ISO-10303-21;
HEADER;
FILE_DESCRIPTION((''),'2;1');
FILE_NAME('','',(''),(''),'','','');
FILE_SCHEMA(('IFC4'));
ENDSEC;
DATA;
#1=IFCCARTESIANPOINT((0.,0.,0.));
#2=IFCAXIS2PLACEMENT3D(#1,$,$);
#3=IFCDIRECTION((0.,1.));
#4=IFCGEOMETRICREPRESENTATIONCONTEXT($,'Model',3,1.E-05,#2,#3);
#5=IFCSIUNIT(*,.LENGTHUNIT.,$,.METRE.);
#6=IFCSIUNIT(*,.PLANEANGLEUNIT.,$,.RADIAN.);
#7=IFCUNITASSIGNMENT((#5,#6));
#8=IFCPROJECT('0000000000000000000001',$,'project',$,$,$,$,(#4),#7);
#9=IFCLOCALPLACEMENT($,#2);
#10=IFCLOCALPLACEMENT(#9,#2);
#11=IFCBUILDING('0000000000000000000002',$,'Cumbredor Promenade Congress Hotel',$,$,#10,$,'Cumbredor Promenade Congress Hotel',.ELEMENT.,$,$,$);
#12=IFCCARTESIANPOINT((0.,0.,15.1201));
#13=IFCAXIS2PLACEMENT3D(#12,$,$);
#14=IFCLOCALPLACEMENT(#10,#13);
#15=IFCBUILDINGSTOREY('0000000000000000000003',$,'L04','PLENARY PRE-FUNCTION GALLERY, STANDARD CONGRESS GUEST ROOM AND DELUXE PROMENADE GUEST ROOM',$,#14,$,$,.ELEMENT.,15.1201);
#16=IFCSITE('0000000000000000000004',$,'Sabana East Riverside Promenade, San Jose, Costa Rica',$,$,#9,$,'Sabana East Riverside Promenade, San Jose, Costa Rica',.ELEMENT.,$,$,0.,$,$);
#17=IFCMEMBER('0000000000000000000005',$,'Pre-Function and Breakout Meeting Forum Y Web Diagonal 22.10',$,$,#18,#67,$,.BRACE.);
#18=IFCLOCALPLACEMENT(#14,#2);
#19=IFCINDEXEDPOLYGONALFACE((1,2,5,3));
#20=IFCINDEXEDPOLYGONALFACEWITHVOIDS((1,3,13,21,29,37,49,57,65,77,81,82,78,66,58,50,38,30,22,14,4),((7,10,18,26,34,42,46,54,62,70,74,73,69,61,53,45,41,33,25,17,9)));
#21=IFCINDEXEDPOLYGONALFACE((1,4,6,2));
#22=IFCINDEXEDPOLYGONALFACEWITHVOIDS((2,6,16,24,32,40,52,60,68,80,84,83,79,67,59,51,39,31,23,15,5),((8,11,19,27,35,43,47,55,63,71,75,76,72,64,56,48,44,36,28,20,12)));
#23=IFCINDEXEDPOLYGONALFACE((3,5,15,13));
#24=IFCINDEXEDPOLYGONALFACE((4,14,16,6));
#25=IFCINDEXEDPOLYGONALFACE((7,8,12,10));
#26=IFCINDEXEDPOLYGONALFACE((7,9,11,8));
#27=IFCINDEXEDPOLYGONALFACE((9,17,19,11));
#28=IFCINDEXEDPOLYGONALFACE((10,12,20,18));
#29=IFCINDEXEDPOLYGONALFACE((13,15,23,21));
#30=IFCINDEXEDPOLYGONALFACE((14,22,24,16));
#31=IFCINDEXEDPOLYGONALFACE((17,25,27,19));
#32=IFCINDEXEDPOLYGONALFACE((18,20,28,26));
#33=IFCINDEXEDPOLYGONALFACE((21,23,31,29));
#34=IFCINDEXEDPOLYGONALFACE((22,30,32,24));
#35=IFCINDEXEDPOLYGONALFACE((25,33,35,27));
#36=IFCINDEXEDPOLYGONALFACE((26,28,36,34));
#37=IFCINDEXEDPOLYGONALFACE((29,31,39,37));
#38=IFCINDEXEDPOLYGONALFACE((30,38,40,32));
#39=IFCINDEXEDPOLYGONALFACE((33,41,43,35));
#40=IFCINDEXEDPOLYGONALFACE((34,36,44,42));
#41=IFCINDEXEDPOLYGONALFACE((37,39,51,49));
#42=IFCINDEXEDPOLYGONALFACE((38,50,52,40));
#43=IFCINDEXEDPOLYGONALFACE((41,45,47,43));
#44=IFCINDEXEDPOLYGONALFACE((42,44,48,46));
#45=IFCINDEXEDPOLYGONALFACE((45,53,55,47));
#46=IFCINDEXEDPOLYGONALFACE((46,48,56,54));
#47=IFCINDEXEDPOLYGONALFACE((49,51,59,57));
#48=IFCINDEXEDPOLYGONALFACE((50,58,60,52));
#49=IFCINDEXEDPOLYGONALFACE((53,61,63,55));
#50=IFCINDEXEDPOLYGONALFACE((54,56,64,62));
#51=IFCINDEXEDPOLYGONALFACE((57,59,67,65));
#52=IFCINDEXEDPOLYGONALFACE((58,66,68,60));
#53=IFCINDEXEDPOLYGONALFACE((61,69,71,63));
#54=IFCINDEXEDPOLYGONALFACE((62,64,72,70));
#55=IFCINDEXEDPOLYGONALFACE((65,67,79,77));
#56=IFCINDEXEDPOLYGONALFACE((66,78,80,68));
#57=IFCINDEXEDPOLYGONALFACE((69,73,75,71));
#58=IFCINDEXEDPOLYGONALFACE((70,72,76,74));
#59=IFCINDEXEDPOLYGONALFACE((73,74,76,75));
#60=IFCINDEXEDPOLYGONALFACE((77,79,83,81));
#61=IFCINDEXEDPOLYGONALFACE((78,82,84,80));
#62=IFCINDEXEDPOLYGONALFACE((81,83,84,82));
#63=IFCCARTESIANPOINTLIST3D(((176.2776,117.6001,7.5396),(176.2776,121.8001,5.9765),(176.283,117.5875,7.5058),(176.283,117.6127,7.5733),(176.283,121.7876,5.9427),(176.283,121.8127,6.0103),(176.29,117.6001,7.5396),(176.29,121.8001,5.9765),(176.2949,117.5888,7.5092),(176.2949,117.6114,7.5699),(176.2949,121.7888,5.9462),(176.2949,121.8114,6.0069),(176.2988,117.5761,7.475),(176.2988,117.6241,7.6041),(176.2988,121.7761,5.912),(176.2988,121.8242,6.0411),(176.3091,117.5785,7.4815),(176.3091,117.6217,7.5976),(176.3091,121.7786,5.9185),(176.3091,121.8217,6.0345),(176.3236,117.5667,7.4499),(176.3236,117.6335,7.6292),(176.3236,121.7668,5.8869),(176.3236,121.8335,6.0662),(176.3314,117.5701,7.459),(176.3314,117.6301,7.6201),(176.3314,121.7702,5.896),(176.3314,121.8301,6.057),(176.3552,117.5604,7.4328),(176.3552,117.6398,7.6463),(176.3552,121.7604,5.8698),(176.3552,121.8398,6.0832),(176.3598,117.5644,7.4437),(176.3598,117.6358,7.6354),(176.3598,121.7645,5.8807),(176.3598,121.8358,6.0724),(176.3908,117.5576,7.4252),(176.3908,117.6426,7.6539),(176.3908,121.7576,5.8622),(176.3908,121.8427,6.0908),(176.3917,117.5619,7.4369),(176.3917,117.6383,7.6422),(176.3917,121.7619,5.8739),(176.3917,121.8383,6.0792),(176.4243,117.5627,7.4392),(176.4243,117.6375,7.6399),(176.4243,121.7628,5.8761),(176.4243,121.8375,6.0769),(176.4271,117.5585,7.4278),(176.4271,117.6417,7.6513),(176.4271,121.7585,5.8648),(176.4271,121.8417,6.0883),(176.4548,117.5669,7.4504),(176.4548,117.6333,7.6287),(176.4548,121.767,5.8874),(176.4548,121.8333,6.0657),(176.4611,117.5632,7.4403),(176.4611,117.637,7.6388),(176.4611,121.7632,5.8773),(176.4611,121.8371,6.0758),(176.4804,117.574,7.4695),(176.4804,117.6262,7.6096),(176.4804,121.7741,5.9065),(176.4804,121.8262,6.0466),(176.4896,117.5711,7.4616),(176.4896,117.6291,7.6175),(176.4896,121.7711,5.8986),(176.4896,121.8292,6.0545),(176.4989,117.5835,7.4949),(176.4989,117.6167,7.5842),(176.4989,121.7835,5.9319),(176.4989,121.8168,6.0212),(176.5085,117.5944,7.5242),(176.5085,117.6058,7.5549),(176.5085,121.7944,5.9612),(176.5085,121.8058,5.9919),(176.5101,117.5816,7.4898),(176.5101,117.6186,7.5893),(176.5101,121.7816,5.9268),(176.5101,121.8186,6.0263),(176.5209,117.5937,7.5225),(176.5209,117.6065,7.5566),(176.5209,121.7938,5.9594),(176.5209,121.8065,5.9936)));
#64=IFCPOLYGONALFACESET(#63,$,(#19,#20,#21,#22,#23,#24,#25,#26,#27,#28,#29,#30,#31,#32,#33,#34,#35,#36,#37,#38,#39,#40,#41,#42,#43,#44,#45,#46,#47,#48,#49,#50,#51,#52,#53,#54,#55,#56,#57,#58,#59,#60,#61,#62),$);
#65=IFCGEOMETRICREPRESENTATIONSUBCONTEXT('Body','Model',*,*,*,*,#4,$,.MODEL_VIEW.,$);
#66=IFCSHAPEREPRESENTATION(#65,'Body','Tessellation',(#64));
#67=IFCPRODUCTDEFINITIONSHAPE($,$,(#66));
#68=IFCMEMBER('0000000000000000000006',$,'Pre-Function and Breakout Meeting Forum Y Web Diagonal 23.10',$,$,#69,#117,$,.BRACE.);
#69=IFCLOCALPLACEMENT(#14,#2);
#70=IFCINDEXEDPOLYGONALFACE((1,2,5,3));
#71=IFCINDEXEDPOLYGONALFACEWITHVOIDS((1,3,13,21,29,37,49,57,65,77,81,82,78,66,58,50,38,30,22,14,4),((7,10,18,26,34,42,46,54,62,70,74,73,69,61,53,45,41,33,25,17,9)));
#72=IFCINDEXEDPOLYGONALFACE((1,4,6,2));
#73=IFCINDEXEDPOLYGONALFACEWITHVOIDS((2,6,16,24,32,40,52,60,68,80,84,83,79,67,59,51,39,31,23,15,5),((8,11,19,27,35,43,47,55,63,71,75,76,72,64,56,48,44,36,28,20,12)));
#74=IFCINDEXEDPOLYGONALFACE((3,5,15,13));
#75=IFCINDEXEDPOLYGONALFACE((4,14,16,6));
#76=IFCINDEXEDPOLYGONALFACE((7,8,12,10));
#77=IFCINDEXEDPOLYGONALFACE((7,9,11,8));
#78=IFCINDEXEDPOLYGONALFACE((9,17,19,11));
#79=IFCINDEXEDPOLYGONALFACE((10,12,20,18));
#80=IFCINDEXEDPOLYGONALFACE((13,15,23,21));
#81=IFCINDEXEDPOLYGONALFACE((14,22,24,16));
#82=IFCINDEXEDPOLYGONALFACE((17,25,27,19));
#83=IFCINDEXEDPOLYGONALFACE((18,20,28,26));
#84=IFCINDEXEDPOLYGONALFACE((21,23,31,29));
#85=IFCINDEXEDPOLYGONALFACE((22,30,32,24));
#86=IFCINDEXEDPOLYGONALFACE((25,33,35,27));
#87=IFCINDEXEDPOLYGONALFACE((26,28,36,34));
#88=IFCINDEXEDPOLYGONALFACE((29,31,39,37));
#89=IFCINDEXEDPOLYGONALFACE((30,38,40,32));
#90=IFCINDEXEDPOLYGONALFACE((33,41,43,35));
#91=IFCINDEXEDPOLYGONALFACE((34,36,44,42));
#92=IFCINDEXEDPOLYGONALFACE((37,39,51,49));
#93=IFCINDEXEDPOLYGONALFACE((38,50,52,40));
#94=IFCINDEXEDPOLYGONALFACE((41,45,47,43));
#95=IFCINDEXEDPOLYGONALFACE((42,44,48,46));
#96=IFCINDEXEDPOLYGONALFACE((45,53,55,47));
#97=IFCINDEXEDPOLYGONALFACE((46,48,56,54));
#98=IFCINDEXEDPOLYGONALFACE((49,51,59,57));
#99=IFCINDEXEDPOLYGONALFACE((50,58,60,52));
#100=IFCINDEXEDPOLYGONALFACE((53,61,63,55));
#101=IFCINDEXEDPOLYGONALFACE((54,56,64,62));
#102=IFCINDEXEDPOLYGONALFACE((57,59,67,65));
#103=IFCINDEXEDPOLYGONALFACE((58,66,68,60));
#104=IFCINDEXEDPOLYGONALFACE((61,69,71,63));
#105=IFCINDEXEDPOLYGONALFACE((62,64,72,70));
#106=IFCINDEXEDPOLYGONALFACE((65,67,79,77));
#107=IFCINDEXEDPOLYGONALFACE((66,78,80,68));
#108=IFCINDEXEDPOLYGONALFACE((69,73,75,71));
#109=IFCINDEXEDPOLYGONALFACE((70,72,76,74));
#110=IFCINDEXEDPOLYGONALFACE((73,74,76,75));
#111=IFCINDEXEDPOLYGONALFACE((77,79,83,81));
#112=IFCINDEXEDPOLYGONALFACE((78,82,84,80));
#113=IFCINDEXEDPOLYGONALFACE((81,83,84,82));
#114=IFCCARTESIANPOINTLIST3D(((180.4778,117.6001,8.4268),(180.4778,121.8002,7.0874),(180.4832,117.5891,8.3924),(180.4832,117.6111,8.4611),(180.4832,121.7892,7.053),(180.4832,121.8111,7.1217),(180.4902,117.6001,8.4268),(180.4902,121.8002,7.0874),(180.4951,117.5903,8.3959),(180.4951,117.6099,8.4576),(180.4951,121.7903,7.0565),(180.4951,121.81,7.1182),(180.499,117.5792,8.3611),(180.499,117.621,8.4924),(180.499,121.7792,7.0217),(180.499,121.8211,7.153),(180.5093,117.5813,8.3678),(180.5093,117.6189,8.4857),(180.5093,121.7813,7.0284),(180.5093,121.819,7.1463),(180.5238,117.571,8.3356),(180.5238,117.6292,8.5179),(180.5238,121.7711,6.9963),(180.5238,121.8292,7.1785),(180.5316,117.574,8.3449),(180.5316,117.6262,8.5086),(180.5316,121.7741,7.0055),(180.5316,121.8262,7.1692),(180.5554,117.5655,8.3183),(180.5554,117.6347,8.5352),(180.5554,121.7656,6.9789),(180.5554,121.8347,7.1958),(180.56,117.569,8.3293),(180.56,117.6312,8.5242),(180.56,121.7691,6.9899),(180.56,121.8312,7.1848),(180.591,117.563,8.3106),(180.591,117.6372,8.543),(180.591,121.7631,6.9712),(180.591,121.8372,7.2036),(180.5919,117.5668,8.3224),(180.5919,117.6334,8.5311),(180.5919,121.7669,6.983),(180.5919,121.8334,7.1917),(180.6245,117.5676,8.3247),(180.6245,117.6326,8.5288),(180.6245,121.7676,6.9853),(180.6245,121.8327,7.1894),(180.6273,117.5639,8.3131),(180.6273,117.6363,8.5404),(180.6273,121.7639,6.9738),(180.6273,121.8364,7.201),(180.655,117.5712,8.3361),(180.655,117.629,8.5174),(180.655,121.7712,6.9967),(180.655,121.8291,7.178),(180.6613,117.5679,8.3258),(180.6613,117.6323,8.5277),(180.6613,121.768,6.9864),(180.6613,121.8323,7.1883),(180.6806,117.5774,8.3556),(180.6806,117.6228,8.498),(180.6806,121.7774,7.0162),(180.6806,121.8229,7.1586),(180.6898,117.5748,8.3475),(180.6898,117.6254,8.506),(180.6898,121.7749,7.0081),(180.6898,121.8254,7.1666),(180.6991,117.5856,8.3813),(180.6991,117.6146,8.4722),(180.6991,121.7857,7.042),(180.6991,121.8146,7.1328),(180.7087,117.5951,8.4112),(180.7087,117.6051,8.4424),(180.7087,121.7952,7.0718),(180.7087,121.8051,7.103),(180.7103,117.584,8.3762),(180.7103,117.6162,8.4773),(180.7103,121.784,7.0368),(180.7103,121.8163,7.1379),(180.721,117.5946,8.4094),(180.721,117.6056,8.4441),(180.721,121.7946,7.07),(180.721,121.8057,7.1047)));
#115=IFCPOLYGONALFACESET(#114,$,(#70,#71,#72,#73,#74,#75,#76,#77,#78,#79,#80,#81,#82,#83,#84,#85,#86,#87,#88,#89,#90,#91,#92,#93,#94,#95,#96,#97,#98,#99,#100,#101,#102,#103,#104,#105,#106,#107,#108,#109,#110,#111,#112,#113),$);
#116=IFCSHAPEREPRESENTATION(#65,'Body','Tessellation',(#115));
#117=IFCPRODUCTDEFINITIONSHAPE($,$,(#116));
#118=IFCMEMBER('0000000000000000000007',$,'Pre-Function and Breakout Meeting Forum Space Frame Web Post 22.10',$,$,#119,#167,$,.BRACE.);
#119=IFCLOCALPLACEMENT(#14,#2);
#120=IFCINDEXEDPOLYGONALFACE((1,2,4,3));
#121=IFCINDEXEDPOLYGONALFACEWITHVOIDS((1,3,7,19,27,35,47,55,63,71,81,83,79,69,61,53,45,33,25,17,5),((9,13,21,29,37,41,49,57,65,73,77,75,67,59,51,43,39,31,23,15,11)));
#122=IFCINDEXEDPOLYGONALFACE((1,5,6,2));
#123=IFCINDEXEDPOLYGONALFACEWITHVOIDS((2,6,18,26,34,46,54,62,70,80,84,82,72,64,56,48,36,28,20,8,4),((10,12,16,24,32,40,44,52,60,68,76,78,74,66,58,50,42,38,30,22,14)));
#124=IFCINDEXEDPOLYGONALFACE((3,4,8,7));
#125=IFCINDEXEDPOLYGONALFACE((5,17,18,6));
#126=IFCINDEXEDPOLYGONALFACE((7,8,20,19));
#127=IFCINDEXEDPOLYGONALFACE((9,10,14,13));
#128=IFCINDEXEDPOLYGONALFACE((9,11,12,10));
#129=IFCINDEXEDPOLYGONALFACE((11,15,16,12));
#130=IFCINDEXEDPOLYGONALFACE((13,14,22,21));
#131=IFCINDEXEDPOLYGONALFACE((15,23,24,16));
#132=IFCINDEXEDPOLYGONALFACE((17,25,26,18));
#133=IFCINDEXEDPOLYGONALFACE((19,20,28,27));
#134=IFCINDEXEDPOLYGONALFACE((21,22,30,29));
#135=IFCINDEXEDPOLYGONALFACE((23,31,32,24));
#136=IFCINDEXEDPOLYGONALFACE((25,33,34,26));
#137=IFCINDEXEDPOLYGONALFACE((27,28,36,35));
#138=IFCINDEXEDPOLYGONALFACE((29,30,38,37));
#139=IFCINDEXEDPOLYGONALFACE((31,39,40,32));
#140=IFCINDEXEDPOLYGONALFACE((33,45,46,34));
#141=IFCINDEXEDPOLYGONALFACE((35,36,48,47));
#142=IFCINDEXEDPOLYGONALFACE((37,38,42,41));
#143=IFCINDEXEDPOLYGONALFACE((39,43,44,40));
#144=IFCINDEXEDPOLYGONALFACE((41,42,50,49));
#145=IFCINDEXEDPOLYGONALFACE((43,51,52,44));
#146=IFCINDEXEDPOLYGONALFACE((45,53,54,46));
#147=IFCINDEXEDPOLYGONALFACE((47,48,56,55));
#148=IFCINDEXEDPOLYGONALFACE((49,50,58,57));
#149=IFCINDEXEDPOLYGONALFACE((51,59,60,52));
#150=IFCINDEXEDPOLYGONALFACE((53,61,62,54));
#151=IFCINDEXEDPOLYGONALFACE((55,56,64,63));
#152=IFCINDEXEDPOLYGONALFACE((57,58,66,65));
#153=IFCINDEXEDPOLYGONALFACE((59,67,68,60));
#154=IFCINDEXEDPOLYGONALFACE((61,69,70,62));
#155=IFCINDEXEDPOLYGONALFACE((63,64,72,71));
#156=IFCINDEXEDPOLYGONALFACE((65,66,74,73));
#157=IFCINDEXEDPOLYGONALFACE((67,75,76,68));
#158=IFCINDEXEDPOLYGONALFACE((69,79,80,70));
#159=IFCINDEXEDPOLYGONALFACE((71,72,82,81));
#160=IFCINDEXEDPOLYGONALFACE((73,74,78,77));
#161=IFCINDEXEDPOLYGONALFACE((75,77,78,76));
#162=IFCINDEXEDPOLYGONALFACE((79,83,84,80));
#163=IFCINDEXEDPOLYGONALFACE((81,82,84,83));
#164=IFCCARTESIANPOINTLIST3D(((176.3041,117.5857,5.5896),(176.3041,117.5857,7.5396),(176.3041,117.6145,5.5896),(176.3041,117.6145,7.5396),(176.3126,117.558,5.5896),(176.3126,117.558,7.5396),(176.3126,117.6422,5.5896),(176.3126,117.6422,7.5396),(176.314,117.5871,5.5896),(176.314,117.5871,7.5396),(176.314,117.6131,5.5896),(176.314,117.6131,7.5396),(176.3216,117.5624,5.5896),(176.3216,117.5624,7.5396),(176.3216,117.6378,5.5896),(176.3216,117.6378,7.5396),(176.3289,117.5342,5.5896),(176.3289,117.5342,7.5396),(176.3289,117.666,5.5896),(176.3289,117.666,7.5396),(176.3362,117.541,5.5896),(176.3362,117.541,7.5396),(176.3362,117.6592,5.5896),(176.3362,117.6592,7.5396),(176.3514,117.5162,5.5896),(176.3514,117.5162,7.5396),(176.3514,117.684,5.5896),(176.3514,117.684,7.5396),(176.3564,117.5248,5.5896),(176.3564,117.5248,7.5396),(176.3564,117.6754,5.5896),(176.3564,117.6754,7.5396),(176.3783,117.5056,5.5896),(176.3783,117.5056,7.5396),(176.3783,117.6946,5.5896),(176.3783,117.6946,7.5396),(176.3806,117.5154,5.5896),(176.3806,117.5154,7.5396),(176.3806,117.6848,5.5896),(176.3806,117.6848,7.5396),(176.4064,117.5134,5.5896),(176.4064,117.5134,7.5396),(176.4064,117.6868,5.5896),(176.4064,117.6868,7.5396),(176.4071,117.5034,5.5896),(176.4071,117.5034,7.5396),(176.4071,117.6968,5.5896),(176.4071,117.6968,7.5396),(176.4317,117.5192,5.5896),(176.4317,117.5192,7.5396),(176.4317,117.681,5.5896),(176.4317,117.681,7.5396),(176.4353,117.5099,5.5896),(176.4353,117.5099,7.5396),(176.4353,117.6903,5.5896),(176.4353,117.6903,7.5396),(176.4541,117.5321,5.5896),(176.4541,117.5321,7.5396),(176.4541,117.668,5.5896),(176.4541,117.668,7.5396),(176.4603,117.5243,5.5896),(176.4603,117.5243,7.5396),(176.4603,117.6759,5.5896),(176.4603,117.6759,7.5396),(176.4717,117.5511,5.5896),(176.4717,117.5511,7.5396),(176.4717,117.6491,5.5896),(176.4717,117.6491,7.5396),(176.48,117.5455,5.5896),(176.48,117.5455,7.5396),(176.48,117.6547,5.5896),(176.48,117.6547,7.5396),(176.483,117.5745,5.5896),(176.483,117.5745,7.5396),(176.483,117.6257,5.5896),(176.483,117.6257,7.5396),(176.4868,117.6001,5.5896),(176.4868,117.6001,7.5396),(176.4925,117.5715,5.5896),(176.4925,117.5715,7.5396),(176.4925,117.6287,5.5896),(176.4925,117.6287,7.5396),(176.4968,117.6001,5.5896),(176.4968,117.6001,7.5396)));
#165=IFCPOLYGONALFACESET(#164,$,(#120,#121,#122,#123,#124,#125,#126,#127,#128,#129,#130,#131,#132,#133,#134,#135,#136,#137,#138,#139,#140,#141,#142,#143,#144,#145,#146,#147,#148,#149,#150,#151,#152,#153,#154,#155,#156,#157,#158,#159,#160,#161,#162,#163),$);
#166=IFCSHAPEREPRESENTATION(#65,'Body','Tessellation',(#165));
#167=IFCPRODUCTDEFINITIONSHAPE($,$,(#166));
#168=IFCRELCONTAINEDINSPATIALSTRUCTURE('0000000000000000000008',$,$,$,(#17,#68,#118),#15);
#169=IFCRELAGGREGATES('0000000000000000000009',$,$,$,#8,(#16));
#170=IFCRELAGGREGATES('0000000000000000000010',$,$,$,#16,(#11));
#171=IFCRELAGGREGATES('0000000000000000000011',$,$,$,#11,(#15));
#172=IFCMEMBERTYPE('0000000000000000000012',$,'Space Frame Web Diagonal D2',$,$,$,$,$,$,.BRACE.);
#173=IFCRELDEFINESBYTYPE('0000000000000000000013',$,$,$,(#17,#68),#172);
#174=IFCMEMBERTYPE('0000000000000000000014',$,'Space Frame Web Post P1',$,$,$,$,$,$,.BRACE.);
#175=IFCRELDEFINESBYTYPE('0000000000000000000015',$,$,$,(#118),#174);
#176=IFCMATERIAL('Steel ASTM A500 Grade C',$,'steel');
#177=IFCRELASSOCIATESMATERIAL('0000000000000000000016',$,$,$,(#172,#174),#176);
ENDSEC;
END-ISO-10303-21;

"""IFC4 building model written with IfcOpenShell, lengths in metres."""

from ifc_helpers import new_model, si_unit, direction, frame, origin, origin_2d, place, context, subcontext, project, spatial, hollow_circle, extrude, material, material_profile, profile_set, type_object, element, save


model = new_model("IFC4")

# Units and contexts
model_context = context("Model", 3, precision=1e-05, world=origin(), true_north=direction((0.0, 1.0)))
body_context = subcontext(model_context, "Body", "Model", "MODEL_VIEW")
ifc_project = project(units=[si_unit("LENGTHUNIT", "METRE"), si_unit("PLANEANGLEUNIT", "RADIAN")], contexts=[model_context])

# Site, building, storey
site_placement = place(None, origin())
site = spatial("IfcSite", under=ifc_project, at=site_placement, Name="Sabana East Riverside Promenade, San Jose, Costa Rica", LongName="Sabana East Riverside Promenade, San Jose, Costa Rica", CompositionType="ELEMENT", RefElevation=0.0)
building_placement = place(site_placement, origin())
building = spatial("IfcBuilding", under=site, at=building_placement, Name="Cumbredor Promenade Congress Hotel", LongName="Cumbredor Promenade Congress Hotel", CompositionType="ELEMENT")
storey_placement = place(building_placement, frame((0.0, 0.0, 15.1201)))
storey = spatial("IfcBuildingStorey", under=building, at=storey_placement, Name="L04", Description="PLENARY PRE-FUNCTION GALLERY, STANDARD CONGRESS GUEST ROOM AND DELUXE PROMENADE GUEST ROOM", CompositionType="ELEMENT", Elevation=15.1201)

# Members
ifc_material_1 = material(Name="Steel ASTM A500 Grade C", Category="steel")
ifc_material_profile_1 = material_profile(ifc_material_1, hollow_circle(Radius=0.1223, WallThickness=0.0125, at=origin_2d()), Name="CHS 244.5x12.5")
ifc_profile_set_1 = profile_set([ifc_material_profile_1], Name="Steel ASTM A500 Grade C")
member_type_1 = type_object("IfcMemberType", Name="Space Frame Web Diagonal D2", PredefinedType="BRACE", material=ifc_profile_set_1)
member_1_placement = place(storey_placement, frame((176.3999, 117.6001, 7.5396), z_axis=(0.0, 0.937206, -0.348776), x_axis=(-1.0, 0.0, 0.0)))
element("IfcMember", 1, at=member_1_placement, inside=storey, type_object=member_type_1, Name="Pre-Function and Breakout Meeting Forum Y Web Diagonal 22.10", PredefinedType="BRACE", context=body_context, shape_type="SweptSolid", body=[
    extrude(hollow_circle(Radius=0.1223, WallThickness=0.0125, at=origin_2d()), origin(), (0.0, 0.0, 1.0), 4.4814),
])
member_2_placement = place(storey_placement, frame((180.6001, 117.6001, 8.4268), z_axis=(0.0, 0.952728, -0.303823), x_axis=(-1.0, 0.0, 0.0)))
element("IfcMember", 2, at=member_2_placement, inside=storey, type_object=member_type_1, Name="Pre-Function and Breakout Meeting Forum Y Web Diagonal 23.10", PredefinedType="BRACE", context=body_context, shape_type="SweptSolid", body=[
    extrude(hollow_circle(Radius=0.1223, WallThickness=0.0125, at=origin_2d()), origin(), (0.0, 0.0, 1.0), 4.4084),
])
ifc_material_profile_2 = material_profile(ifc_material_1, hollow_circle(Radius=0.0969, WallThickness=0.01, at=origin_2d()), Name="CHS 193.7x10")
ifc_profile_set_2 = profile_set([ifc_material_profile_2], Name="Steel ASTM A500 Grade C")
member_type_2 = type_object("IfcMemberType", Name="Space Frame Web Post P1", PredefinedType="BRACE", material=ifc_profile_set_2)
for number, where, z_axis, x_axis, name in (
    (3, (176.3999, 117.6001, 5.5896), (0.0, 0.0, 1.0), (1.0, 0.0, 0.0), "Pre-Function and Breakout Meeting Forum Space Frame Web Post 22.10"),
):
    element("IfcMember", number, at=place(storey_placement, frame(where, z_axis=z_axis, x_axis=x_axis)), inside=storey, type_object=member_type_2, Name=name, PredefinedType="BRACE", context=body_context, shape_type="SweptSolid", body=[
        extrude(hollow_circle(Radius=0.0969, WallThickness=0.01, at=origin_2d()), origin(), (0.0, 0.0, 1.0), 1.95),
    ])

save(model, "model.ifc")
